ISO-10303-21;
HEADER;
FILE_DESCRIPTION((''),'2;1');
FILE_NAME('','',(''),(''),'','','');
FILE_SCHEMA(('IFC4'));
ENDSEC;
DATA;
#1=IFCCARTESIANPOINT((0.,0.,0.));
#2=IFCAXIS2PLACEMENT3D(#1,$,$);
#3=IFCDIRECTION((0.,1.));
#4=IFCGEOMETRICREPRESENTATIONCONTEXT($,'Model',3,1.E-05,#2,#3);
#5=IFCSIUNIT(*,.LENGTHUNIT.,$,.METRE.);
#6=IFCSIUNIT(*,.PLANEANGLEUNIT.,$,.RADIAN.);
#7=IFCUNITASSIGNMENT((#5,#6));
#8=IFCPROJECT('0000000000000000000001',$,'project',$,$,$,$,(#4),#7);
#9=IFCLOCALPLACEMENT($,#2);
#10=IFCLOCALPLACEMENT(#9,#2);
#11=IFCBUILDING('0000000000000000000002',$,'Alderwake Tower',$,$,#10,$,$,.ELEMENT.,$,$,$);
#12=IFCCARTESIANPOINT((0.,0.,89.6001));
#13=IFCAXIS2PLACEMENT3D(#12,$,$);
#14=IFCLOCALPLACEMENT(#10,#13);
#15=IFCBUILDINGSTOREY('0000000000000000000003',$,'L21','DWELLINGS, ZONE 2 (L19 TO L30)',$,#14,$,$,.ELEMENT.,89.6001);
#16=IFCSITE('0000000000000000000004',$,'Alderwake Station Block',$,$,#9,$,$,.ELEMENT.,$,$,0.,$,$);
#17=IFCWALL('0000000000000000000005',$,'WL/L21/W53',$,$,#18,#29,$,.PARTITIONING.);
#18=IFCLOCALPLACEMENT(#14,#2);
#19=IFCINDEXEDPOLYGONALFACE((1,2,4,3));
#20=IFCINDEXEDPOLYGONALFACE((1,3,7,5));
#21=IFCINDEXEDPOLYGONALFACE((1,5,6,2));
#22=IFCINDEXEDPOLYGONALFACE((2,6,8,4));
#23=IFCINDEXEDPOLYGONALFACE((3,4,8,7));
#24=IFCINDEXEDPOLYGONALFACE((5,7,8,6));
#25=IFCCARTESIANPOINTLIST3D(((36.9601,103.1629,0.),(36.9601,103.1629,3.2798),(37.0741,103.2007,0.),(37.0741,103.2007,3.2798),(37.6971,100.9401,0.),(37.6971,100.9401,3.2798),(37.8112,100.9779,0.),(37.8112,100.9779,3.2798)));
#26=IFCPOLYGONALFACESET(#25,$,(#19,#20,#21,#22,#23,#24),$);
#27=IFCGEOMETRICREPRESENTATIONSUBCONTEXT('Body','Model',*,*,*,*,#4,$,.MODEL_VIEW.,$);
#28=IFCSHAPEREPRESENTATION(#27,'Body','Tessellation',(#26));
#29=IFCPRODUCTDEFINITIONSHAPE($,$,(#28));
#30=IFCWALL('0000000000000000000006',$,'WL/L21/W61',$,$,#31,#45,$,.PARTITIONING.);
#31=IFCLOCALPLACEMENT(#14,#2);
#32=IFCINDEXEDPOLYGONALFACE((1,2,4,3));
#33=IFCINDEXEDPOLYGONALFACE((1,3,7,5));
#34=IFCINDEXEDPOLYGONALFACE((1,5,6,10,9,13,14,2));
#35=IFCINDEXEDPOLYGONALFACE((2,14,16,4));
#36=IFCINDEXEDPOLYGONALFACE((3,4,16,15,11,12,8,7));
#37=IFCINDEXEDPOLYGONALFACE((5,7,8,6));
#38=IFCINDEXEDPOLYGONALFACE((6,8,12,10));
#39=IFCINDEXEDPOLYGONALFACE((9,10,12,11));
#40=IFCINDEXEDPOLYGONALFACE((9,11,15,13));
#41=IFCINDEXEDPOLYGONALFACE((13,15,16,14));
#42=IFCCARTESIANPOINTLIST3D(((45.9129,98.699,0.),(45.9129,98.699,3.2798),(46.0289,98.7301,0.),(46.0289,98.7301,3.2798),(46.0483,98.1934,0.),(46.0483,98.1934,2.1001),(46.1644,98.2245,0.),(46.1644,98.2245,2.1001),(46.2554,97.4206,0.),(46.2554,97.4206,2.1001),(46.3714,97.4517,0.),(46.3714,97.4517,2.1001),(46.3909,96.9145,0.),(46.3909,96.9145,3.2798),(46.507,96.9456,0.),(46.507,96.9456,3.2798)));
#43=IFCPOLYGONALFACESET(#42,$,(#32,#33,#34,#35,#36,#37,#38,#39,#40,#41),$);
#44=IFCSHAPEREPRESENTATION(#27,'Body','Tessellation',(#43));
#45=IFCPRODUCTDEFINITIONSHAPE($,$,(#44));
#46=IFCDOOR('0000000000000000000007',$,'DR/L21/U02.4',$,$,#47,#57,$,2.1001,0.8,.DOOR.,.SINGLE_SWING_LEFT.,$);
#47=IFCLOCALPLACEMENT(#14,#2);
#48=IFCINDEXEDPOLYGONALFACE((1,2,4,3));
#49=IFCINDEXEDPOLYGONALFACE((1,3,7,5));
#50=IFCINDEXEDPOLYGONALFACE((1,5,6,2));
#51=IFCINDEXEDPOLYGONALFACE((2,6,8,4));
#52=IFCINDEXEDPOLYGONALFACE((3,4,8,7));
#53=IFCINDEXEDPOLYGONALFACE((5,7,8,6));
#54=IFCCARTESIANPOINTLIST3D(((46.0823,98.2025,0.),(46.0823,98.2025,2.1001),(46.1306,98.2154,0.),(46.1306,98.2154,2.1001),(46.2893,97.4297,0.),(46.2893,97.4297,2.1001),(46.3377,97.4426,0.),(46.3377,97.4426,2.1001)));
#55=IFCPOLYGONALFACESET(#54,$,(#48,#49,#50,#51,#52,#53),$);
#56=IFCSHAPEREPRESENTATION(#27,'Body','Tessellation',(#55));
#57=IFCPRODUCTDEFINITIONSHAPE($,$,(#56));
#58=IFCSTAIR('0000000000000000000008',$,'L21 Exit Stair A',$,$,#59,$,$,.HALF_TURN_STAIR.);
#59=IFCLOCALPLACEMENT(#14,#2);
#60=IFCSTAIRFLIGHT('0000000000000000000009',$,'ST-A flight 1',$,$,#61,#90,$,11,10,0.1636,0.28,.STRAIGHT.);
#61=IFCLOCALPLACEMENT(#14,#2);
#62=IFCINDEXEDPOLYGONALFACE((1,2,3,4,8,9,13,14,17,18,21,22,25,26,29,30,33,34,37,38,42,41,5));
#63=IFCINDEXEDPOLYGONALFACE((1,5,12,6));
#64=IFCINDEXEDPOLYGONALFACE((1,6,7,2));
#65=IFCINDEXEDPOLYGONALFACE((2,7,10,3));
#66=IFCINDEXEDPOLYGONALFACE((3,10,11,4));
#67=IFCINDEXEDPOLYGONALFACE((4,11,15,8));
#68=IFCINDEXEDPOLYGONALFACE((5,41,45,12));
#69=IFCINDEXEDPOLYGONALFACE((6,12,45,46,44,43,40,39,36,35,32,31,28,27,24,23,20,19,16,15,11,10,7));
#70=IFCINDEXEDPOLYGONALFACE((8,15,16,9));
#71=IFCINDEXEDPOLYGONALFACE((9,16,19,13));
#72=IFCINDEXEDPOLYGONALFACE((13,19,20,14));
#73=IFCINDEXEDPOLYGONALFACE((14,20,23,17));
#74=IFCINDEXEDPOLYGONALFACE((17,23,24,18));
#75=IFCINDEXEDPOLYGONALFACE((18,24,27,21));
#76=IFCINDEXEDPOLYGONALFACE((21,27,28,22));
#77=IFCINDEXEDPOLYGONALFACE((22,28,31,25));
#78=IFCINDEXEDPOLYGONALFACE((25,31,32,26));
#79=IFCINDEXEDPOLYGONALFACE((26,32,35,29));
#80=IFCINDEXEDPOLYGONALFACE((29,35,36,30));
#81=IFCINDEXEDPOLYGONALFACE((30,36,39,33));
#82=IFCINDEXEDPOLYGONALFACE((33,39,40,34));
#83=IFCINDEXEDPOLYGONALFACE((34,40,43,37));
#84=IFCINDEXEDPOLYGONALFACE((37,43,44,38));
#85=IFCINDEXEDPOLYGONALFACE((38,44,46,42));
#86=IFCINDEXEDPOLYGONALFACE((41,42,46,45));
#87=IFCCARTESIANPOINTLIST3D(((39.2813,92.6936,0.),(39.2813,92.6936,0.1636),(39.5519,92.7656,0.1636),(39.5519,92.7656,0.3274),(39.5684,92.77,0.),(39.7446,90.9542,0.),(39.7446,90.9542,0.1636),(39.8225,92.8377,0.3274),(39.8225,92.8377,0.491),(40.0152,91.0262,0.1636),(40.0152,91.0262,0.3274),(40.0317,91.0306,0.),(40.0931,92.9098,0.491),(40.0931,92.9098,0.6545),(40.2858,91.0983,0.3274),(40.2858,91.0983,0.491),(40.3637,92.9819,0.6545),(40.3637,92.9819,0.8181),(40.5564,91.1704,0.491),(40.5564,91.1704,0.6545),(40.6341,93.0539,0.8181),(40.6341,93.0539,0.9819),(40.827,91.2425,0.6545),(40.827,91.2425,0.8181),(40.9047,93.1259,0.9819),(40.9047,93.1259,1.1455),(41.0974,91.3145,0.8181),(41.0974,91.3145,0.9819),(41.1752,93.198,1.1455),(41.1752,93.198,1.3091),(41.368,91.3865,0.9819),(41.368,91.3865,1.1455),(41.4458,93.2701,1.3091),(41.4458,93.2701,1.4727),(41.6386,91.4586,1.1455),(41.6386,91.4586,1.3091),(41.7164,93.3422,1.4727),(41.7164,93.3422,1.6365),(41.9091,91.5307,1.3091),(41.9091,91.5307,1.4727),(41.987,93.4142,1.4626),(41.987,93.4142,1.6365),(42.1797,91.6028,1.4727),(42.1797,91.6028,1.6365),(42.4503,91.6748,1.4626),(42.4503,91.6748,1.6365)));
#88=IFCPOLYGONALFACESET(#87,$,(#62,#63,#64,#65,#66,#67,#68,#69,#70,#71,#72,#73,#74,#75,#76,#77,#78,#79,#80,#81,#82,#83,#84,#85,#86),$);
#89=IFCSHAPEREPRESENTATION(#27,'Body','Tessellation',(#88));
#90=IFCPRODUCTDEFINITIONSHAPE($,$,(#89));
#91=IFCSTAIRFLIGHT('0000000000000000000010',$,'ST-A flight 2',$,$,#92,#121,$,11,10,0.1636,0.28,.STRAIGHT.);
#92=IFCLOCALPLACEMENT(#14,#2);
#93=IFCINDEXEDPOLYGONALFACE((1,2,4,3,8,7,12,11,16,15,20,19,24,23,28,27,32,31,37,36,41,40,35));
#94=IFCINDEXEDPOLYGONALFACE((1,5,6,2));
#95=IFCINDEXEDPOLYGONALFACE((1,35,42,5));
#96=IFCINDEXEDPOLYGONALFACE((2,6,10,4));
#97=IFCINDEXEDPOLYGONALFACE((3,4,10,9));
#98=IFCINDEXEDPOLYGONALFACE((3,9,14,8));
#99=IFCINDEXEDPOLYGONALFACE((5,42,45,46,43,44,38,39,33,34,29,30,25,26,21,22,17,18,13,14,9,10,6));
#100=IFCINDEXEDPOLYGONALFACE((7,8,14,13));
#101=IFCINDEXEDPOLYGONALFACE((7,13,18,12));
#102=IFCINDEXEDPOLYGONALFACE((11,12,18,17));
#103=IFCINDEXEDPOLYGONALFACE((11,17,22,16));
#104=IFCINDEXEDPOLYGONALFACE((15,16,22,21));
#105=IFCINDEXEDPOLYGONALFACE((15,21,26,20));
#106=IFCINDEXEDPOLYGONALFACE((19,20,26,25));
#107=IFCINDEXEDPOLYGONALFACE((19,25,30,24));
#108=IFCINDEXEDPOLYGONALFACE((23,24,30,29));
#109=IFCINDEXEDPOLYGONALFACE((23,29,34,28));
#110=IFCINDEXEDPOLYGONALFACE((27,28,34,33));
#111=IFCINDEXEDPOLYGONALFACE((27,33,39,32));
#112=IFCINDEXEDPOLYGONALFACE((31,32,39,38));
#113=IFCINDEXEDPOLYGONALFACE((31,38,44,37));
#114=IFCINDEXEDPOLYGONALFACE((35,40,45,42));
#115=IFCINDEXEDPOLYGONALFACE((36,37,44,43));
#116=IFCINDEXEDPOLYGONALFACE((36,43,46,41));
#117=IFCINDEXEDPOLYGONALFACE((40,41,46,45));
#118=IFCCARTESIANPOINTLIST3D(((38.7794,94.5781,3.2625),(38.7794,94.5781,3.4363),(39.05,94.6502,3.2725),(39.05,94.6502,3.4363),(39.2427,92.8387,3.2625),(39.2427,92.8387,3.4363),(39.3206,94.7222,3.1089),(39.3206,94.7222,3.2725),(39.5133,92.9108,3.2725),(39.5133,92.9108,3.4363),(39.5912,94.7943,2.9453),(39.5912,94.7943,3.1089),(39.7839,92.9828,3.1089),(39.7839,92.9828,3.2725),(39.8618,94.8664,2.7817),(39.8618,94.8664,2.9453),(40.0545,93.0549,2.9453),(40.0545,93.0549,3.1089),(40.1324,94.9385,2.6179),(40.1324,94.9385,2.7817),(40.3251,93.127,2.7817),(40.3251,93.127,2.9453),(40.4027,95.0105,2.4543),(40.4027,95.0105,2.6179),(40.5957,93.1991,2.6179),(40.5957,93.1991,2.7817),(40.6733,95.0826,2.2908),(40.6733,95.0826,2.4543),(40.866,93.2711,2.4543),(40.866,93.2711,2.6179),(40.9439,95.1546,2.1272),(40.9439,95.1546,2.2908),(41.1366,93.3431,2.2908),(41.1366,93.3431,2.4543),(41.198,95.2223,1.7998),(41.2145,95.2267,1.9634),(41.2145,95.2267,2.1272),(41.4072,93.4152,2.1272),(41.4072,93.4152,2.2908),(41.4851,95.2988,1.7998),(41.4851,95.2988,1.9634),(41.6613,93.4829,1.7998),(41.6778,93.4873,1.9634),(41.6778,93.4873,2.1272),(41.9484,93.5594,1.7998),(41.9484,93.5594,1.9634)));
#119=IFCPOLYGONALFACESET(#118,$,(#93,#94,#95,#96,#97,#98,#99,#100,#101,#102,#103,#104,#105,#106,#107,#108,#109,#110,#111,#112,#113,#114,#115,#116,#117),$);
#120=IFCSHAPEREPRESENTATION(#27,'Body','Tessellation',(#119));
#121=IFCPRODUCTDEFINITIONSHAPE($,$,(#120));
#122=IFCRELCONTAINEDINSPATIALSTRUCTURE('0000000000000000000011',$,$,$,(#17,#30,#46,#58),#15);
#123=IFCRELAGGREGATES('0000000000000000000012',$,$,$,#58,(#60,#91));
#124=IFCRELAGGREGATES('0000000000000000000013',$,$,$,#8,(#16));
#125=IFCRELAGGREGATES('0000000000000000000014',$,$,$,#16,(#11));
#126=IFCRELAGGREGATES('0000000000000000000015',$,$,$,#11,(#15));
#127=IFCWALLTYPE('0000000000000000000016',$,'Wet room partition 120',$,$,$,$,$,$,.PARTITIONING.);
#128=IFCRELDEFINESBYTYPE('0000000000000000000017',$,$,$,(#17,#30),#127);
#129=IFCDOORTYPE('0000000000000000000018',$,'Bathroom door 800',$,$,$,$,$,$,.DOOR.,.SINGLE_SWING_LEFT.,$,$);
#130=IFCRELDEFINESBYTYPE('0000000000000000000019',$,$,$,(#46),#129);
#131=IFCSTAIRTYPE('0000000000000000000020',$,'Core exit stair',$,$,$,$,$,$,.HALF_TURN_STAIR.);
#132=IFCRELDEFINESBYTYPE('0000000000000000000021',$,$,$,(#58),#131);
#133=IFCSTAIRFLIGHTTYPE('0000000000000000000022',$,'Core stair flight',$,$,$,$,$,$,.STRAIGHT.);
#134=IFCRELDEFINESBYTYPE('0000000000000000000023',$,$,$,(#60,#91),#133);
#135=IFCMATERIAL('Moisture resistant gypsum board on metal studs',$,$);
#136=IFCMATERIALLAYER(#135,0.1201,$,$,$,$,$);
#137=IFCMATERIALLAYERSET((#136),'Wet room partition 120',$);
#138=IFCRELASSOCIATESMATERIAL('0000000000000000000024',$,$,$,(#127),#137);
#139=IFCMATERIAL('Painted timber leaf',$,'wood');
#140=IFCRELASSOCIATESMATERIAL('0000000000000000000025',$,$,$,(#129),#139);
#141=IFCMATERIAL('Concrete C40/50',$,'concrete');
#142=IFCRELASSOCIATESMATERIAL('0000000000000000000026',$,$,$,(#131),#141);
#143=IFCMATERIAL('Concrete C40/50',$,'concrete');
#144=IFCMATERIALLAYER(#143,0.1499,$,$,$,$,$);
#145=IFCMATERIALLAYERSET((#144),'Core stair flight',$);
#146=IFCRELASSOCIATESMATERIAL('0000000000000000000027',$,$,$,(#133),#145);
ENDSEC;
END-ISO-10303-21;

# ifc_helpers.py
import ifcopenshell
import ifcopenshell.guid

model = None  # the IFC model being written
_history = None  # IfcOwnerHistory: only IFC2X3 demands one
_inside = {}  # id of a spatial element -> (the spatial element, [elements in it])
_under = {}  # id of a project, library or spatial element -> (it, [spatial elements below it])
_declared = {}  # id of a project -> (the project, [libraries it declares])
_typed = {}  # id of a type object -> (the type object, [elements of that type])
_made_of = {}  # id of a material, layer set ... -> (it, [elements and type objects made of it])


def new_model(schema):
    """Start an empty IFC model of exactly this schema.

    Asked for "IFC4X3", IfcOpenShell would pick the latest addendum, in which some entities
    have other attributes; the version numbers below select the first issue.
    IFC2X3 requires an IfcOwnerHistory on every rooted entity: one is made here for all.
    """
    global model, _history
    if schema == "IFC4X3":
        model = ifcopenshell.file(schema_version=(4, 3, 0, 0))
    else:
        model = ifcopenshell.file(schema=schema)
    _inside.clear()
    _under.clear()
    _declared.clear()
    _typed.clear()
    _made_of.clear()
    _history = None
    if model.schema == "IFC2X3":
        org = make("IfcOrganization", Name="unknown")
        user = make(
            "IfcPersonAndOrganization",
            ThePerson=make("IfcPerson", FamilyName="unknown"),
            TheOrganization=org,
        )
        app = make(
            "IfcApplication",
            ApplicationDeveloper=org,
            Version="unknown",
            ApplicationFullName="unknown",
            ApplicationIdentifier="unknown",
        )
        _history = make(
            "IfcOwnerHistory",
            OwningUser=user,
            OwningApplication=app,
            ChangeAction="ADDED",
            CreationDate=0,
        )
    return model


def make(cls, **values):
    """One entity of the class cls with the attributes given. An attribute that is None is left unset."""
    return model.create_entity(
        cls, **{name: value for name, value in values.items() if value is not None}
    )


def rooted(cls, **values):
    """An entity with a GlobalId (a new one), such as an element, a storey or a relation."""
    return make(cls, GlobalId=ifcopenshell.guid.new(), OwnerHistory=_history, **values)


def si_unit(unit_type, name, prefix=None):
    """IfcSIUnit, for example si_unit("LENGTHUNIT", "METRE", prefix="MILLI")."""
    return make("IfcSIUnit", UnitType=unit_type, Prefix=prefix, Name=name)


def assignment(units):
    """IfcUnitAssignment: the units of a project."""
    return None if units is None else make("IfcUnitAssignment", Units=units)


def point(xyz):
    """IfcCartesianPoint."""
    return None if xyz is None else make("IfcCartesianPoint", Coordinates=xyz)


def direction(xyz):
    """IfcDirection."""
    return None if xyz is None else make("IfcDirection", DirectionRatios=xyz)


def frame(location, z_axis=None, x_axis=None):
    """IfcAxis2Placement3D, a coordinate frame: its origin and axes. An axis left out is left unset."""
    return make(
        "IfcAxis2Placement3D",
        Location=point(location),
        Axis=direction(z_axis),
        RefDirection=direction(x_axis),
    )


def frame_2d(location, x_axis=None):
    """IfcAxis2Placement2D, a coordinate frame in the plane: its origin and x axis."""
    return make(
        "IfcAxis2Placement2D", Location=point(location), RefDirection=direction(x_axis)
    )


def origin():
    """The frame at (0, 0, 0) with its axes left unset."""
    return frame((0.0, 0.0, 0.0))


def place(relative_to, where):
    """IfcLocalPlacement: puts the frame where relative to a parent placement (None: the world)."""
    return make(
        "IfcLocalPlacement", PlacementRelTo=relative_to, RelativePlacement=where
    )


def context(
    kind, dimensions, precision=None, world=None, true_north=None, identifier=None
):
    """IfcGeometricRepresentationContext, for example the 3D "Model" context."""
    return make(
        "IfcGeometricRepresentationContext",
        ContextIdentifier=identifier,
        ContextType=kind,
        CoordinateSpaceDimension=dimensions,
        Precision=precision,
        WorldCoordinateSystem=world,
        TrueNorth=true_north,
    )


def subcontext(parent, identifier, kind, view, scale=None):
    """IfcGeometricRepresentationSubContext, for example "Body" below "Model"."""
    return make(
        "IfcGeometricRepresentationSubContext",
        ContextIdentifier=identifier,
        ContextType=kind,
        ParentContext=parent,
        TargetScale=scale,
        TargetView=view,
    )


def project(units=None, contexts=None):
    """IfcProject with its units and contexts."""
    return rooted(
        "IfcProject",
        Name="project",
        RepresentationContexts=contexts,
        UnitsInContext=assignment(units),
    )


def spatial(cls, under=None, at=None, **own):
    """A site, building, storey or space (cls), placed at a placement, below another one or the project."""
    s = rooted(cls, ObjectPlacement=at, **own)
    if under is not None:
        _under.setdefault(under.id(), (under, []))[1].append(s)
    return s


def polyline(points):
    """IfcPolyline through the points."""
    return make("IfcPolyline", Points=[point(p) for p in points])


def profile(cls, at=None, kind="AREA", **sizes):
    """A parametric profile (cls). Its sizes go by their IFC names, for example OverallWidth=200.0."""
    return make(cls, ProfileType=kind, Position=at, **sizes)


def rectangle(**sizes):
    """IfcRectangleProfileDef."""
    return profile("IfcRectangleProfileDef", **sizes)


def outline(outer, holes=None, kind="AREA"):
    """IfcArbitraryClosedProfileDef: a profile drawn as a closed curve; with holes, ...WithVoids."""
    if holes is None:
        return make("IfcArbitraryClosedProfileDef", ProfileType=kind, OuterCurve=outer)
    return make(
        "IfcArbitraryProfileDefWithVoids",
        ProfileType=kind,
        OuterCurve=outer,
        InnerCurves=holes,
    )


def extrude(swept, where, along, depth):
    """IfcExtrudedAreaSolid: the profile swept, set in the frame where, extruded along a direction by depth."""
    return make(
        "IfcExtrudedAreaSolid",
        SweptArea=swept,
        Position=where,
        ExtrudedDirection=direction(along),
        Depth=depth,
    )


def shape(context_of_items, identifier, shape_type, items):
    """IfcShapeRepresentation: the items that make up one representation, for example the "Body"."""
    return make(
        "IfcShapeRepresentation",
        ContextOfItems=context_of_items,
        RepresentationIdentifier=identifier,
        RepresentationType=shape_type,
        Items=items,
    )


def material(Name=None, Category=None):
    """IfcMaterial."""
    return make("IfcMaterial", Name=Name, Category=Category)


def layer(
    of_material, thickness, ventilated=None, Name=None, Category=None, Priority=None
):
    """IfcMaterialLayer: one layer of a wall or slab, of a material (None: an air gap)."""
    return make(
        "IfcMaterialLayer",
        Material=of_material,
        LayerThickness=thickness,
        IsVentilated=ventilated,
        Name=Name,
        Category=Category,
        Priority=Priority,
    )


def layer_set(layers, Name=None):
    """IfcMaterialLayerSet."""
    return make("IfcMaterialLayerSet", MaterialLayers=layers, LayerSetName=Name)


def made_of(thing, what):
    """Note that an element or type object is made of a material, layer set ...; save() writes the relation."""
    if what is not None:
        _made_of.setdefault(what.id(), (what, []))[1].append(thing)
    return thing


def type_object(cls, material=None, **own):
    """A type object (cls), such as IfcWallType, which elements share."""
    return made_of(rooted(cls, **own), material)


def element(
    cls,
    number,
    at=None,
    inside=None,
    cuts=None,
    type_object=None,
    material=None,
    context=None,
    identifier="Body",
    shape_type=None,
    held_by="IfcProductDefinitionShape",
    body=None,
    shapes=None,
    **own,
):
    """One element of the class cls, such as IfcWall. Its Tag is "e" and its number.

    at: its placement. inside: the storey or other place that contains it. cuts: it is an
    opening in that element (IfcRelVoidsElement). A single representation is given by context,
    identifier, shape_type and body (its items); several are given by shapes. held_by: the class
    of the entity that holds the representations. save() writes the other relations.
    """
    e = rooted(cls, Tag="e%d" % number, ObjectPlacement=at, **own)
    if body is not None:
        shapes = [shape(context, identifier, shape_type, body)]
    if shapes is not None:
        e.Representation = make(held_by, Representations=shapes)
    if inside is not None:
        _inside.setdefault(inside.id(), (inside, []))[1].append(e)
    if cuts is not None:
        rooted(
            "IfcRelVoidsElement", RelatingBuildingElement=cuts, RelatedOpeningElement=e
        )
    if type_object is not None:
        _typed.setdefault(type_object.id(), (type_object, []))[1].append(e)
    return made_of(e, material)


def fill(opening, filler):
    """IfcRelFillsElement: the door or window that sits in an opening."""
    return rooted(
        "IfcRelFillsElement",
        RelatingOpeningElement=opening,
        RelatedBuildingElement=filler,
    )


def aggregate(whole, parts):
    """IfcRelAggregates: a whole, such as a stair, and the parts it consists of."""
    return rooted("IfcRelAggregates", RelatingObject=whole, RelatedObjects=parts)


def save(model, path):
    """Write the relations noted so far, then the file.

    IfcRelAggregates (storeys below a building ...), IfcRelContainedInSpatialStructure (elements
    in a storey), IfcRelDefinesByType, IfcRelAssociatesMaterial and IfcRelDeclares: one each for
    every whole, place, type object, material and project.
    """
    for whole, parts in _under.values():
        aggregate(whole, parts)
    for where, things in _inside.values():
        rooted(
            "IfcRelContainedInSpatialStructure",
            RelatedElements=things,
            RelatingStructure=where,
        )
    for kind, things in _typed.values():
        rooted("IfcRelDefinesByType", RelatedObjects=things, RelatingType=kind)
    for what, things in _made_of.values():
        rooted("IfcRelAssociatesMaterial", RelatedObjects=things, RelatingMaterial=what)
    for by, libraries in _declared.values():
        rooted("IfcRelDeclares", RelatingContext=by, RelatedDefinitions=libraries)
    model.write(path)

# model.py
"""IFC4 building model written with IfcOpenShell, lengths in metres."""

from ifc_helpers import new_model, si_unit, direction, frame, frame_2d, origin, place, context, subcontext, project, spatial, polyline, rectangle, outline, extrude, material, layer, layer_set, type_object, element, fill, aggregate, save


model = new_model("IFC4")

# Units and contexts
model_context = context("Model", 3, precision=1e-05, world=origin(), true_north=direction((0.0, 1.0)))
body_context = subcontext(model_context, "Body", "Model", "MODEL_VIEW")
ifc_project = project(units=[si_unit("LENGTHUNIT", "METRE"), si_unit("PLANEANGLEUNIT", "RADIAN")], contexts=[model_context])

# Site, building, storey
site_placement = place(None, origin())
site = spatial("IfcSite", under=ifc_project, at=site_placement, Name="Alderwake Station Block", CompositionType="ELEMENT", RefElevation=0.0)
building_placement = place(site_placement, origin())
building = spatial("IfcBuilding", under=site, at=building_placement, Name="Alderwake Tower", CompositionType="ELEMENT")
storey_placement = place(building_placement, frame((0.0, 0.0, 89.6001)))
storey = spatial("IfcBuildingStorey", under=building, at=storey_placement, Name="L21", Description="DWELLINGS, ZONE 2 (L19 TO L30)", CompositionType="ELEMENT", Elevation=89.6001)

# Wall
ifc_material_1 = material(Name="Moisture resistant gypsum board on metal studs")
ifc_layer_1 = layer(ifc_material_1, 0.1201)
ifc_layer_set_1 = layer_set([ifc_layer_1], Name="Wet room partition 120")
wall_type_1 = type_object("IfcWallType", Name="Wet room partition 120", PredefinedType="PARTITIONING", material=ifc_layer_set_1)
wall_1_placement = place(storey_placement, frame((37.7542, 100.959, 0.0), z_axis=(0.0, 0.0, 1.0), x_axis=(-0.314726, 0.949183, 0.0)))
element("IfcWall", 1, at=wall_1_placement, inside=storey, type_object=wall_type_1, Name="WL/L21/W53", PredefinedType="PARTITIONING", context=body_context, shape_type="SweptSolid", body=[
    extrude(rectangle(XDim=2.3418, YDim=0.1201, at=frame_2d((1.1709, 0.0))), origin(), (0.0, 0.0, 1.0), 3.2798),
])

# Wall, opening, door
wall_2_placement = place(storey_placement, frame((46.449, 96.9299, 0.0), z_axis=(0.0, 0.0, 1.0), x_axis=(-0.258765, 0.96594, 0.0)))
wall_2 = element("IfcWall", 2, at=wall_2_placement, inside=storey, type_object=wall_type_1, Name="WL/L21/W61", PredefinedType="PARTITIONING", context=body_context, shape_type="SweptSolid", body=[
    extrude(rectangle(XDim=1.8474, YDim=0.1201, at=frame_2d((0.9238, 0.0))), origin(), (0.0, 0.0, 1.0), 3.2798),
])
opening_1_placement = place(wall_2_placement, frame((0.5242, 0.0, 0.0)))
opening_1 = element("IfcOpeningElement", 3, at=opening_1_placement, cuts=wall_2, PredefinedType="OPENING", context=body_context, shape_type="SweptSolid", body=[
    extrude(rectangle(XDim=0.8, YDim=2.1001, at=frame_2d((0.3999, 1.05))), frame((0.0, 0.0701, 0.0), z_axis=(0.0, -1.0, 0.0), x_axis=(1.0, 0.0, 0.0)), (0.0, 0.0, 1.0), 0.1401),
])
ifc_material_2 = material(Name="Painted timber leaf", Category="wood")
door_type_1 = type_object("IfcDoorType", Name="Bathroom door 800", OperationType="SINGLE_SWING_LEFT", PredefinedType="DOOR", material=ifc_material_2)
door_1_placement = place(opening_1_placement, origin())
door_1 = element("IfcDoor", 4, at=door_1_placement, inside=storey, type_object=door_type_1, Name="DR/L21/U02.4", OperationType="SINGLE_SWING_LEFT", OverallHeight=2.1001, OverallWidth=0.8, PredefinedType="DOOR", context=body_context, shape_type="SweptSolid", body=[
    extrude(rectangle(XDim=0.8, YDim=2.1001, at=frame_2d((0.3999, 1.05))), frame((0.0, 0.0249, 0.0), z_axis=(0.0, -1.0, 0.0), x_axis=(1.0, 0.0, 0.0)), (0.0, 0.0, 1.0), 0.05),
])
fill(opening_1, door_1)

# Stair, stair flights
ifc_material_3 = material(Name="Concrete C40/50", Category="concrete")
stair_type = type_object("IfcStairType", Name="Core exit stair", PredefinedType="HALF_TURN_STAIR", material=ifc_material_3)
stair_placement = place(storey_placement, origin())
stair = element("IfcStair", 5, at=stair_placement, inside=storey, type_object=stair_type, Name="L21 Exit Stair A", PredefinedType="HALF_TURN_STAIR")
ifc_material_4 = material(Name="Concrete C40/50", Category="concrete")
ifc_layer_2 = layer(ifc_material_4, 0.1499)
ifc_layer_set_2 = layer_set([ifc_layer_2], Name="Core stair flight")
stair_flight_type = type_object("IfcStairFlightType", Name="Core stair flight", PredefinedType="STRAIGHT", material=ifc_layer_set_2)
stair_flight_1_placement = place(storey_placement, frame((39.5129, 91.824, 0.0), z_axis=(0.0, 0.0, 1.0), x_axis=(0.96631, 0.257382, 0.0)))
stair_flight_1 = element("IfcStairFlight", 6, at=stair_flight_1_placement, type_object=stair_flight_type, Name="ST-A flight 1", NumberOfRisers=11, NumberOfTreads=10, PredefinedType="STRAIGHT", RiserHeight=0.1636, TreadLength=0.28, context=body_context, shape_type="SweptSolid", body=[
    extrude(outline(polyline([(0.0, 0.0), (0.0, 0.1636), (0.28, 0.1636), (0.28, 0.3274), (0.5601, 0.3274), (0.5601, 0.491), (0.8401, 0.491), (0.8401, 0.6545), (1.1201, 0.6545), (1.1201, 0.8181), (1.3999, 0.8181), (1.3999, 0.9819), (1.6799, 0.9819), (1.6799, 1.1455), (1.96, 1.1455), (1.96, 1.3091), (2.24, 1.3091), (2.24, 1.4727), (2.52, 1.4727), (2.52, 1.6365), (2.8, 1.6365), (2.8, 1.8), (2.8, 1.4626), (0.2971, 0.0), (0.0, 0.0)])), frame((0.0, 0.8999, 0.0), z_axis=(0.0, -1.0, 0.0), x_axis=(1.0, 0.0, 0.0)), (0.0, 0.0, 1.0), 1.8),
])
stair_flight_2_placement = place(storey_placement, frame((41.7168, 94.429, 1.7998), z_axis=(0.0, 0.0, 1.0), x_axis=(-0.96631, -0.257382, 0.0)))
stair_flight_2 = element("IfcStairFlight", 7, at=stair_flight_2_placement, type_object=stair_flight_type, Name="ST-A flight 2", NumberOfRisers=11, NumberOfTreads=10, PredefinedType="STRAIGHT", RiserHeight=0.1636, TreadLength=0.28, context=body_context, shape_type="SweptSolid", body=[
    extrude(outline(polyline([(0.0, 0.0), (0.0, 0.1636), (0.28, 0.1636), (0.28, 0.3274), (0.5601, 0.3274), (0.5601, 0.491), (0.8401, 0.491), (0.8401, 0.6545), (1.1201, 0.6545), (1.1201, 0.8181), (1.3999, 0.8181), (1.3999, 0.9819), (1.6799, 0.9819), (1.6799, 1.1455), (1.96, 1.1455), (1.96, 1.3091), (2.24, 1.3091), (2.24, 1.4727), (2.52, 1.4727), (2.52, 1.6365), (2.8, 1.6365), (2.8, 1.8), (2.8, 1.4626), (0.2971, 0.0), (0.0, 0.0)])), frame((0.0, 0.8999, 0.0), z_axis=(0.0, -1.0, 0.0), x_axis=(1.0, 0.0, 0.0)), (0.0, 0.0, 1.0), 1.8),
])
aggregate(stair, [stair_flight_1, stair_flight_2])

save(model, "model.ifc")
